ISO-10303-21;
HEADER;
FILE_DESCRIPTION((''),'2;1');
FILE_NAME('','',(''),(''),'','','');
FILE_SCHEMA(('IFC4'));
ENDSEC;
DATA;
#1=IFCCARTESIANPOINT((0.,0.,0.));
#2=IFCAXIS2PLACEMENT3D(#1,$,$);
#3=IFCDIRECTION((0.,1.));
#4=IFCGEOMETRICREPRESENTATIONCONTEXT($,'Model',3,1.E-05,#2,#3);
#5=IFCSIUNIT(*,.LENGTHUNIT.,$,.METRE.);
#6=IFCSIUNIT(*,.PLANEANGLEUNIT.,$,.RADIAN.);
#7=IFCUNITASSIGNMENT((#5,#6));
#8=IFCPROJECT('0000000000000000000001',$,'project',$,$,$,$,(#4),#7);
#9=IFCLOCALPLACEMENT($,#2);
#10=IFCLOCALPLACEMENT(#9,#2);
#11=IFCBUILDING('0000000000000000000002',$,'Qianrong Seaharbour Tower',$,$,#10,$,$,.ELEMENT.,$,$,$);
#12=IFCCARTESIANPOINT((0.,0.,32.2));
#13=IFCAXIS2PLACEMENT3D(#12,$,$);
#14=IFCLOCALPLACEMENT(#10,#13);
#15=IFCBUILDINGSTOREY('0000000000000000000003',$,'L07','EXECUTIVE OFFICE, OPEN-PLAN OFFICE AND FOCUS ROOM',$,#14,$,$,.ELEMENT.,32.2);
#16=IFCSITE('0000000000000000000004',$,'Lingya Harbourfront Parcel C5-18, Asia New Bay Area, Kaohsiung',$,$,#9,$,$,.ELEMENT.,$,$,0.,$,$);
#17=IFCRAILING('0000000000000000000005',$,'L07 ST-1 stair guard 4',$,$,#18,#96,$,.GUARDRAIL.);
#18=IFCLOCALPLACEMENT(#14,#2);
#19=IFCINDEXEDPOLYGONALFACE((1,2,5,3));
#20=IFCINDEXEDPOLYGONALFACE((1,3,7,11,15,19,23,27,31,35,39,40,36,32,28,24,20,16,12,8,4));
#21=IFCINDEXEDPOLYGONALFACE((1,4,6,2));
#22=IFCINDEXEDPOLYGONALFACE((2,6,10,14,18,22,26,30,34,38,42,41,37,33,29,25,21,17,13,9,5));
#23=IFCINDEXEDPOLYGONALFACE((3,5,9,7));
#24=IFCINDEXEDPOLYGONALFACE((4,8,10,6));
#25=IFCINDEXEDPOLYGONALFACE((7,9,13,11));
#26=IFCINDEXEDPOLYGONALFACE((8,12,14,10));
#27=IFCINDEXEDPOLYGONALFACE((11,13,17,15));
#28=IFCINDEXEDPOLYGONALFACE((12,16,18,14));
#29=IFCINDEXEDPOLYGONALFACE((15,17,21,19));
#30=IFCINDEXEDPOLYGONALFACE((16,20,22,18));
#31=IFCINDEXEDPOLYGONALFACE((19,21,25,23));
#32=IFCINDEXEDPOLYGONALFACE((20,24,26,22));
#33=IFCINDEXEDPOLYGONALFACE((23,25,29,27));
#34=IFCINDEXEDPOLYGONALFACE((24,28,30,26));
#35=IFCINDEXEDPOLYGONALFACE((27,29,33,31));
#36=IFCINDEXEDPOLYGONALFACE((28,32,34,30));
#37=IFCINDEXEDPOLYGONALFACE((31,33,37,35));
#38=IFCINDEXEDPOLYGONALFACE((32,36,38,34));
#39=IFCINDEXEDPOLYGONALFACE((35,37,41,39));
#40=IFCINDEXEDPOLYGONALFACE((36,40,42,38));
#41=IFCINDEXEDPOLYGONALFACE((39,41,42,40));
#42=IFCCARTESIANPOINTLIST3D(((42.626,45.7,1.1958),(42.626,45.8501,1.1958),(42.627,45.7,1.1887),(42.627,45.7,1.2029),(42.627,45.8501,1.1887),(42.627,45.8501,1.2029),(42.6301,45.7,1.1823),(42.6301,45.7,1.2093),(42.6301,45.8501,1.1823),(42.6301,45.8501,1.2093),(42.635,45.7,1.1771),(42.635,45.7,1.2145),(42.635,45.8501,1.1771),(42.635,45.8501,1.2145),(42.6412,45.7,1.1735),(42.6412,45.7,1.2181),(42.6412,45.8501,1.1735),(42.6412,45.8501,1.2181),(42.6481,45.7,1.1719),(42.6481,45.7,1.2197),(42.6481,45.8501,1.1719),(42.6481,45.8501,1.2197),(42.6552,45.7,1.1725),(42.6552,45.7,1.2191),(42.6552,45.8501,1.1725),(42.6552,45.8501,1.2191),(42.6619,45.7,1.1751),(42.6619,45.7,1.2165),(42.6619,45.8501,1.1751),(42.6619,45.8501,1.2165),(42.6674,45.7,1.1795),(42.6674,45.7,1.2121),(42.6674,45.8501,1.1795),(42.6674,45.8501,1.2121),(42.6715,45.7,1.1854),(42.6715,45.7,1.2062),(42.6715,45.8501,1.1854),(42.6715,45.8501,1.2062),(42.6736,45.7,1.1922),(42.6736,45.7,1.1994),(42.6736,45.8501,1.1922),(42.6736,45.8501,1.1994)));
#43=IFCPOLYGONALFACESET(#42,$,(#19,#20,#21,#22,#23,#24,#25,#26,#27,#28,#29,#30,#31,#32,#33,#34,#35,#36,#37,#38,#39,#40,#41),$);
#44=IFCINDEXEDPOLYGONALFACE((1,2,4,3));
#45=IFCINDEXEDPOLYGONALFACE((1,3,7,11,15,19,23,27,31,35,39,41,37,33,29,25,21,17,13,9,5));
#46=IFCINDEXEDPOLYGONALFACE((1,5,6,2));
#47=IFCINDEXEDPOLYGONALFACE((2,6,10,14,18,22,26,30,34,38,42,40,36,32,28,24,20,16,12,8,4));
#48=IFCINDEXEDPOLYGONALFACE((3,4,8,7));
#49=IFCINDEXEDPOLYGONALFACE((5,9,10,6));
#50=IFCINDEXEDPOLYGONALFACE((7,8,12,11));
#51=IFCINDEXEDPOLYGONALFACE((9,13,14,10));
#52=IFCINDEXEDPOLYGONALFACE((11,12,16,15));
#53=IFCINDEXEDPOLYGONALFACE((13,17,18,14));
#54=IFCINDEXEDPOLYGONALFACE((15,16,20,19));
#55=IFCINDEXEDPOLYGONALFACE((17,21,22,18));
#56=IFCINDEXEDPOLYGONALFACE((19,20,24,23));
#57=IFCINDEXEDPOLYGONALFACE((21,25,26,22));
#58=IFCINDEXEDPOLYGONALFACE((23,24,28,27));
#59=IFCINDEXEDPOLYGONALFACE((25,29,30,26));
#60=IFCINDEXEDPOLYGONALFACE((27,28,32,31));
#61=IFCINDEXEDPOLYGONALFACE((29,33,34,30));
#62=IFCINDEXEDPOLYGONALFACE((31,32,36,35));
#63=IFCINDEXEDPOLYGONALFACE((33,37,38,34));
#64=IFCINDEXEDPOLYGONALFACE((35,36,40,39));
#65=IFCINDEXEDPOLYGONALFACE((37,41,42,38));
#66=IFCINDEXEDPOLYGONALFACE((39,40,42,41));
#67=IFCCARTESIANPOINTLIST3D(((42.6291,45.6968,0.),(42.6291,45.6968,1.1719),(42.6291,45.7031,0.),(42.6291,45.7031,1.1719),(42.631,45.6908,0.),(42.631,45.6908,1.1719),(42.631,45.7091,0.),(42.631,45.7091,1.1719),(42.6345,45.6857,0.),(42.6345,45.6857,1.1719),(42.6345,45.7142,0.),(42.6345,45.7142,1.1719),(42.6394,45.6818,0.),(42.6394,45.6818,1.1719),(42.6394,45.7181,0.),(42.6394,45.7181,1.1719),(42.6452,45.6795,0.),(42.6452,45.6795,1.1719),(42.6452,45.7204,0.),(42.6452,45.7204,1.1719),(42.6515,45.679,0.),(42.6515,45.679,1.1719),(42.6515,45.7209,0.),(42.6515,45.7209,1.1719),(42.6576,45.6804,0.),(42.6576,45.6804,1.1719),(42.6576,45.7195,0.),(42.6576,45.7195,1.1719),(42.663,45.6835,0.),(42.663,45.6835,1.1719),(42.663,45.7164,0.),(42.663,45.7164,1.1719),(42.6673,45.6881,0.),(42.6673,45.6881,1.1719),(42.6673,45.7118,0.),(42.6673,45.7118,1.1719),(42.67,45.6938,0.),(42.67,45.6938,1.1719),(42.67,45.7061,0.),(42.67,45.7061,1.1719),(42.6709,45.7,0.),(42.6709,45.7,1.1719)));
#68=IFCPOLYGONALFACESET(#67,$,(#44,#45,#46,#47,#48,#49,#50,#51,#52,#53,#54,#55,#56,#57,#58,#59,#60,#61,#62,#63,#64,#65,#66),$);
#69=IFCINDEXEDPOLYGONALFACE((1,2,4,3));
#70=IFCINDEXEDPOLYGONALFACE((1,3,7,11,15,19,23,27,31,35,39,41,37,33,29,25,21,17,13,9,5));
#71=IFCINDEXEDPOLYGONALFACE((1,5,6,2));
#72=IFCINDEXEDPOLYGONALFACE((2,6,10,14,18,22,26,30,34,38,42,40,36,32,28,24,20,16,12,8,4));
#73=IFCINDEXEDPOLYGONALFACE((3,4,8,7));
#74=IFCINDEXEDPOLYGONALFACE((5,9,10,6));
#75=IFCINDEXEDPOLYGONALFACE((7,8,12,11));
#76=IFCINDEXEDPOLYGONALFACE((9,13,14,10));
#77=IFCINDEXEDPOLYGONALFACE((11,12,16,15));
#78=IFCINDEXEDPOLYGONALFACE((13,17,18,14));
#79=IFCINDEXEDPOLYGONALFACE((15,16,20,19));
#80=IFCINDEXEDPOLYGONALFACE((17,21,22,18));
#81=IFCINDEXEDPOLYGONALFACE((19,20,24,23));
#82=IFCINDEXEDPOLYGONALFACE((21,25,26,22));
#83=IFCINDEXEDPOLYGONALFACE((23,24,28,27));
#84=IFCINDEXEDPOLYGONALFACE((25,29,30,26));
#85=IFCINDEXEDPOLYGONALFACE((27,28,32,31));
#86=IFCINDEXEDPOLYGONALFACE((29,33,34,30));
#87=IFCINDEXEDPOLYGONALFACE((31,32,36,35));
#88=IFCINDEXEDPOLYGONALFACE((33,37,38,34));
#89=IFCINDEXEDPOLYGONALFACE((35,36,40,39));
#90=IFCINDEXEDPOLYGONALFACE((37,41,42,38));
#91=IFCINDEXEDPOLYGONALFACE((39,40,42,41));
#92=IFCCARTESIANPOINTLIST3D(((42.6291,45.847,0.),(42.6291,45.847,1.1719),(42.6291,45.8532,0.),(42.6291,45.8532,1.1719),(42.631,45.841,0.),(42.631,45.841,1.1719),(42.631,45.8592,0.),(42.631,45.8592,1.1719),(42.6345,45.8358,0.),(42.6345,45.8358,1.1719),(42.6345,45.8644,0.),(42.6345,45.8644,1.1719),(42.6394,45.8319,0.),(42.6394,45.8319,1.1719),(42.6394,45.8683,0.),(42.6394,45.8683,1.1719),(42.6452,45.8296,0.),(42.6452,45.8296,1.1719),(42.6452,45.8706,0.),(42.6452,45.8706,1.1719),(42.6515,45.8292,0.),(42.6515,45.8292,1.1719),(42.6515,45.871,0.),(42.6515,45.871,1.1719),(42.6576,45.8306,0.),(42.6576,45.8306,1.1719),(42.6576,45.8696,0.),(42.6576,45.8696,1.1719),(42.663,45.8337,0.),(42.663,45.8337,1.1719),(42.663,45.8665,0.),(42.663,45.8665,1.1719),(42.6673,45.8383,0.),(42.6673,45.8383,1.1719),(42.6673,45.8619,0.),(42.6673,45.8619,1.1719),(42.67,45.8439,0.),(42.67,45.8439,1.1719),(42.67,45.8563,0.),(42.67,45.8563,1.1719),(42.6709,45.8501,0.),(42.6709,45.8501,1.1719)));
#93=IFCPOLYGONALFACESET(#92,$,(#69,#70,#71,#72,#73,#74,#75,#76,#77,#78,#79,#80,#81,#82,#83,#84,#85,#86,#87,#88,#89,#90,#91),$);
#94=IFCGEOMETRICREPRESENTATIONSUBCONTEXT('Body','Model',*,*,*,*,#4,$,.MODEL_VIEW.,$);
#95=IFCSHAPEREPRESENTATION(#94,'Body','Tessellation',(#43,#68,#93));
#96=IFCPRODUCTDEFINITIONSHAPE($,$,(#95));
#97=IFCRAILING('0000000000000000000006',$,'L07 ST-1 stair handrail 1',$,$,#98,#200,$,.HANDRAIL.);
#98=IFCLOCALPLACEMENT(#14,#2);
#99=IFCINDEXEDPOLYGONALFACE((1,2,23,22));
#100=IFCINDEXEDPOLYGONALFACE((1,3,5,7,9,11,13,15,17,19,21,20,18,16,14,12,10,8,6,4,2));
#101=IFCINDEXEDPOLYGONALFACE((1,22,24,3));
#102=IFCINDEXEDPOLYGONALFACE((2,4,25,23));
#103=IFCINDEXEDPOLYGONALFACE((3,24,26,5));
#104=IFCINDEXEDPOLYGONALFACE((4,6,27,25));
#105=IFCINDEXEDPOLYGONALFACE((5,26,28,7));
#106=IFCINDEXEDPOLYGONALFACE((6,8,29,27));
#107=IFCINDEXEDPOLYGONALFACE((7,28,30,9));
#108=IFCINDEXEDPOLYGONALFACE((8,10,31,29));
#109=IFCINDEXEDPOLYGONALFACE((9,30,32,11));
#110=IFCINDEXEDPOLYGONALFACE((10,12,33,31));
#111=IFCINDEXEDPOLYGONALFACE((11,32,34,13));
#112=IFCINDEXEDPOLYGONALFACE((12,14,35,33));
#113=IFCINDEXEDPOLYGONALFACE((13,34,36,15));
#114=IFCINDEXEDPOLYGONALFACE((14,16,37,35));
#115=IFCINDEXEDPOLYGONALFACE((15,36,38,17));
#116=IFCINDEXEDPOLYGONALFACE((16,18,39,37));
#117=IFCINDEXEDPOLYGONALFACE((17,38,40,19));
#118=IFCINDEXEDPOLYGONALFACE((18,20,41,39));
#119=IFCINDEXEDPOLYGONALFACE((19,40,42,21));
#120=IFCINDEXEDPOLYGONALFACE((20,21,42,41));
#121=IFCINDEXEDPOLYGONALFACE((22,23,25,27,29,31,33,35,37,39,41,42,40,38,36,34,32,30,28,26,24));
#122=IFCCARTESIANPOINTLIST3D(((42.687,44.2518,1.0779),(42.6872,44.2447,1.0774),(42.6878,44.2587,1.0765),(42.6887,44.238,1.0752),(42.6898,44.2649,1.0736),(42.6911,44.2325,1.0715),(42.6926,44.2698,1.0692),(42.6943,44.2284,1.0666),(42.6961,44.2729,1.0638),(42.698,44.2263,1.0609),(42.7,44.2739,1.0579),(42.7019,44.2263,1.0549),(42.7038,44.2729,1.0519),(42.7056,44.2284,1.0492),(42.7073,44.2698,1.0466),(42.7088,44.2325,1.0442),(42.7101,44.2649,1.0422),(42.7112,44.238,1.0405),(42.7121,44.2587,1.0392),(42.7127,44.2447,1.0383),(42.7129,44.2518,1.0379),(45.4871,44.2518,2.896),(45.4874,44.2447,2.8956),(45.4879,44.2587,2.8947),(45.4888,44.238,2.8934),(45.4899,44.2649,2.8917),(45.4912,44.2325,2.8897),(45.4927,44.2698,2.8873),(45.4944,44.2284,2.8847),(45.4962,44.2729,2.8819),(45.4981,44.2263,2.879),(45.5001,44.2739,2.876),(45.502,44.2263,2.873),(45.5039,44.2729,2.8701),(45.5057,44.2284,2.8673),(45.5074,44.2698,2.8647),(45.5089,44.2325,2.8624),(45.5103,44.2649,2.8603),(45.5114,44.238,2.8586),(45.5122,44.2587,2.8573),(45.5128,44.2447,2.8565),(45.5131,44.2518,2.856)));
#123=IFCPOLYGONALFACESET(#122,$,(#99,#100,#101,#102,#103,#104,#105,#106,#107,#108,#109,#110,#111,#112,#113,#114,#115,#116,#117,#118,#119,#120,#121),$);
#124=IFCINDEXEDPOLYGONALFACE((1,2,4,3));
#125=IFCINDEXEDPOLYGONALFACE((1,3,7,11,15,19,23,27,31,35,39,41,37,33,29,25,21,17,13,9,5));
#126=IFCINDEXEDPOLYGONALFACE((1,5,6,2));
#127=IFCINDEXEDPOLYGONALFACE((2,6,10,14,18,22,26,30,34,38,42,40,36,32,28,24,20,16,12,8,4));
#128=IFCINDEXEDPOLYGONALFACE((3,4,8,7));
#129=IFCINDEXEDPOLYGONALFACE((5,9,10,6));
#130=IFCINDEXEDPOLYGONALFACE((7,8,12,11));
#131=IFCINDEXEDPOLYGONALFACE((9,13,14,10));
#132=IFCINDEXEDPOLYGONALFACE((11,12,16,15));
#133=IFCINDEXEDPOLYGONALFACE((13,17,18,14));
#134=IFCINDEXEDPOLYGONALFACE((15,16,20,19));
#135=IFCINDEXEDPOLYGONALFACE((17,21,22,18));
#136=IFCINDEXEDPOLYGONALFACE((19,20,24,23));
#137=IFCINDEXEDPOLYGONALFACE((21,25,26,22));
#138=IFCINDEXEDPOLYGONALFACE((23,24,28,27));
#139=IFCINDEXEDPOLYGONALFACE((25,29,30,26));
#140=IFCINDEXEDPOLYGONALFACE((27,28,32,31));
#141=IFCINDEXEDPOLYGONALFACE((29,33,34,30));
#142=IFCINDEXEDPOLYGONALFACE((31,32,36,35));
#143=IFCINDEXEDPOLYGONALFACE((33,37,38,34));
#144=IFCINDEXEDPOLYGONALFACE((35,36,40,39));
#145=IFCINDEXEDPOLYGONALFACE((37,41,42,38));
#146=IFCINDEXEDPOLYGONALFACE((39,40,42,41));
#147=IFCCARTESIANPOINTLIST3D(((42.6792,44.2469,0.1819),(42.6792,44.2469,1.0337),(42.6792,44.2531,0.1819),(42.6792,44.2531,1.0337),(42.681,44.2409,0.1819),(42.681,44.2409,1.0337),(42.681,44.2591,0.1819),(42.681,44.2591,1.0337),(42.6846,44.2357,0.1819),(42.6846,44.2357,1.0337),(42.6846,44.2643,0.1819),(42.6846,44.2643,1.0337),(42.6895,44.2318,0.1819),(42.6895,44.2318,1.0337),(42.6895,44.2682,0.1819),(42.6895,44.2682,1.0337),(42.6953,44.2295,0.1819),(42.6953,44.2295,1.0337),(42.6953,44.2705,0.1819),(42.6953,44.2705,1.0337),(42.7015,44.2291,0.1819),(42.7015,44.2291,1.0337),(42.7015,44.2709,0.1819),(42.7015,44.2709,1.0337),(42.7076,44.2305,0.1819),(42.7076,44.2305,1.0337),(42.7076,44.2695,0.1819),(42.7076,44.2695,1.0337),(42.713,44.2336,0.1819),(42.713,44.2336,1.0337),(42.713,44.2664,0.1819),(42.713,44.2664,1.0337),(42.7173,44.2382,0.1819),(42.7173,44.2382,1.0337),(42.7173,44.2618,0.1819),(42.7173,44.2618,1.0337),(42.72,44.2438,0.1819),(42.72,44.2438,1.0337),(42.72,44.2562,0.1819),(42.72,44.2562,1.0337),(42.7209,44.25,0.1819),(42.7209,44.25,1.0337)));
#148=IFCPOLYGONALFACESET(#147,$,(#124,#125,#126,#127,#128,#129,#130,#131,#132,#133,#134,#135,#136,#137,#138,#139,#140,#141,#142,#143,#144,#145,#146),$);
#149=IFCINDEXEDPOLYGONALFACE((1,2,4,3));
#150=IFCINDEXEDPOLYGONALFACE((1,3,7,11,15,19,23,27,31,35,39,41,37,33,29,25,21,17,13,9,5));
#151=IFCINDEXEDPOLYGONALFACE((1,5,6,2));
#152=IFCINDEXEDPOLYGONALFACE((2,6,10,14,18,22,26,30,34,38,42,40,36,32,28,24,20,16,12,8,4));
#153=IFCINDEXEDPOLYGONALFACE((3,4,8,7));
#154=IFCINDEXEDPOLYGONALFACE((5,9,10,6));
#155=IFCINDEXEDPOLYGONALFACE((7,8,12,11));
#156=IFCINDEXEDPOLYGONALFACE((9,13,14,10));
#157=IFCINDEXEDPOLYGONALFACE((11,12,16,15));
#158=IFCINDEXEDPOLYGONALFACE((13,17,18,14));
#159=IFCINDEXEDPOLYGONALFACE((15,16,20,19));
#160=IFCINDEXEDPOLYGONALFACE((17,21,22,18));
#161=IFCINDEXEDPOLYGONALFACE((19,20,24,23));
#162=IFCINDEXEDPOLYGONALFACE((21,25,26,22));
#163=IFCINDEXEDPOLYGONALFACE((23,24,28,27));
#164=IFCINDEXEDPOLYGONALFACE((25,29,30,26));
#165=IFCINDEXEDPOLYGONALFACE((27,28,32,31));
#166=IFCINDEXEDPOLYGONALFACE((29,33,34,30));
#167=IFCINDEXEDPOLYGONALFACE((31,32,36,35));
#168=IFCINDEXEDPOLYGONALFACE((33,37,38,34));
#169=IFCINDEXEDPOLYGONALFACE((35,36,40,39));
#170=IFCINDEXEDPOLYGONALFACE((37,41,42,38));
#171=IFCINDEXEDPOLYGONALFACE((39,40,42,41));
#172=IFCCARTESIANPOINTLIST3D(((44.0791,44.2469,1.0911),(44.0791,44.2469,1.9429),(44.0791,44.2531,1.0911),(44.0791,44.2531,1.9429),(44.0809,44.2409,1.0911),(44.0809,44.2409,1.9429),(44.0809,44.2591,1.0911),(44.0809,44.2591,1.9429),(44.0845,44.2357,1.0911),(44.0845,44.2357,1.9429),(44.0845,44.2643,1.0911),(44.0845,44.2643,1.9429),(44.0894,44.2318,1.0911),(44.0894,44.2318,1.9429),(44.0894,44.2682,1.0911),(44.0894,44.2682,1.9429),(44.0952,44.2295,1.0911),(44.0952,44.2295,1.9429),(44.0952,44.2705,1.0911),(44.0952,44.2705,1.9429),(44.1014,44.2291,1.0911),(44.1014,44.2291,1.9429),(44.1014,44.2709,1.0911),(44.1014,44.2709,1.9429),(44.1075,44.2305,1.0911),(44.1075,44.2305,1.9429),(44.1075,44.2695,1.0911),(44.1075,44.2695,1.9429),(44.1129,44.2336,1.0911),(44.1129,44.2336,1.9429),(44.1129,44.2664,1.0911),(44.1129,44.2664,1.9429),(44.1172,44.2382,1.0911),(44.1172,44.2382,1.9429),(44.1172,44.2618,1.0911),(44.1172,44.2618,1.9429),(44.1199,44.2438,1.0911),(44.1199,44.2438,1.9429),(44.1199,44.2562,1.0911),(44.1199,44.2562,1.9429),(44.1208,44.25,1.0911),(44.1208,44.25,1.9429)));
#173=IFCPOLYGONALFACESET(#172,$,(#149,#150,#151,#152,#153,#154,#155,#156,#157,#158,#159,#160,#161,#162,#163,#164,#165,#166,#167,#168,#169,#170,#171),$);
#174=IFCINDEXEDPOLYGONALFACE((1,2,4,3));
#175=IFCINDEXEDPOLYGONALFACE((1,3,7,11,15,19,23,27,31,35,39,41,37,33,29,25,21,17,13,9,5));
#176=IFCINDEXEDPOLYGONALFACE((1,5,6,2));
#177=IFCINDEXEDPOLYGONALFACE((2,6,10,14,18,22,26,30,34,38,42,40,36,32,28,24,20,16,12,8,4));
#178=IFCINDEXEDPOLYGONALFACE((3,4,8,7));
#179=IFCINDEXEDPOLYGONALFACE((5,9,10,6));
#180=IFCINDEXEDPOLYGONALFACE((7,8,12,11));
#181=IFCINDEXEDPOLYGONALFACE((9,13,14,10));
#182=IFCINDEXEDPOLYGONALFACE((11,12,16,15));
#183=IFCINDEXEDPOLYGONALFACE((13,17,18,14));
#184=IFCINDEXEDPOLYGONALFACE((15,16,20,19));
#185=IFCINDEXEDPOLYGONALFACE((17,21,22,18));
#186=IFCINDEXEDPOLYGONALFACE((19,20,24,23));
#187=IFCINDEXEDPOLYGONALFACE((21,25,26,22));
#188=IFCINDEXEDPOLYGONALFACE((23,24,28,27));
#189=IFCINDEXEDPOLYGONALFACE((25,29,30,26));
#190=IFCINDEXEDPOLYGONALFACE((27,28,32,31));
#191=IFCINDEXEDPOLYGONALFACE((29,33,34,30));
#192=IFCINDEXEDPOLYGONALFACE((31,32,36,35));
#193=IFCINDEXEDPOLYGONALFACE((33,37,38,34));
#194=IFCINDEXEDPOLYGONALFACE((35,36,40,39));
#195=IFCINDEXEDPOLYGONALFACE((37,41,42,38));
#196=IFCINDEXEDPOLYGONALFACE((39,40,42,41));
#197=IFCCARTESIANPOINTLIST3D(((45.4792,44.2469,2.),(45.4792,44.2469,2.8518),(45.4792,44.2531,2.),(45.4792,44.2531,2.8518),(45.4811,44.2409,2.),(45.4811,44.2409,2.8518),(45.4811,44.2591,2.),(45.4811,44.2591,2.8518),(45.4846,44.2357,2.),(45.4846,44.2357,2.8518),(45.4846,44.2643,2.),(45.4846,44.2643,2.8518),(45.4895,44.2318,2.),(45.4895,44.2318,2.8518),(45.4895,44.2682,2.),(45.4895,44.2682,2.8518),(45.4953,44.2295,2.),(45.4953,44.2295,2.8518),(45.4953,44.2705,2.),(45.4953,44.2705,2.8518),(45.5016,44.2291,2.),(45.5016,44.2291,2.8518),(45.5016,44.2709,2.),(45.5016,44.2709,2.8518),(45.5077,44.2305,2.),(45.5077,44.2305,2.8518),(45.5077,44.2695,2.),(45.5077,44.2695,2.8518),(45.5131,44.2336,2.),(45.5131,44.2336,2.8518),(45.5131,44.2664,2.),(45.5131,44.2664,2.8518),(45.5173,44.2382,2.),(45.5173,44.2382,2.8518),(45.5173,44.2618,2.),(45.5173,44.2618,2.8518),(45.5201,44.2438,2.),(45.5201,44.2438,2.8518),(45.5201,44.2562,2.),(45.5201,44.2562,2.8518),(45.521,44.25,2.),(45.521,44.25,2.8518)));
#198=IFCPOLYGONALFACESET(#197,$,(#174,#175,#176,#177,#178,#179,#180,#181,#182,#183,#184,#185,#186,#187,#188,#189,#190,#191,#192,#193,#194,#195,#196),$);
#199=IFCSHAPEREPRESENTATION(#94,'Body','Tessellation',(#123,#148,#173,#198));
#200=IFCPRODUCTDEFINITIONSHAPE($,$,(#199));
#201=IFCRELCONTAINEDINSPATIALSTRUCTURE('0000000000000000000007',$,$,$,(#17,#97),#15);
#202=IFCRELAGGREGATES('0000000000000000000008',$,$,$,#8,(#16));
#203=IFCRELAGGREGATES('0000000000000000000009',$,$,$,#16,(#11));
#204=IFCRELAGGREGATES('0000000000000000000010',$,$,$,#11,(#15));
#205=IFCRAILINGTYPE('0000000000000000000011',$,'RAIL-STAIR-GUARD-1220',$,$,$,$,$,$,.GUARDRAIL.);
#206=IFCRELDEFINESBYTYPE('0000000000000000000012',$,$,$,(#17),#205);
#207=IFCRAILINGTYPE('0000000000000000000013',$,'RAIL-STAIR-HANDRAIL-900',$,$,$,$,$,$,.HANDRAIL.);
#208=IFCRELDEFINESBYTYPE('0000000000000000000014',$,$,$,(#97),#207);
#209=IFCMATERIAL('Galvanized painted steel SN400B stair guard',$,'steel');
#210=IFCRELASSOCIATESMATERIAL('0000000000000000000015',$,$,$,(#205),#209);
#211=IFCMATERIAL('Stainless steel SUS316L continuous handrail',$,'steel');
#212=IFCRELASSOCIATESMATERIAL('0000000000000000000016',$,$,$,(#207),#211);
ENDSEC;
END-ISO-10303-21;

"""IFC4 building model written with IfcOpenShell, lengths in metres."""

from ifc_helpers import new_model, si_unit, direction, frame, origin, origin_2d, place, context, subcontext, project, spatial, circle, extrude, material, type_object, element, save


model = new_model("IFC4")

# Units and contexts
model_context = context("Model", 3, precision=1e-05, world=origin(), true_north=direction((0.0, 1.0)))
body_context = subcontext(model_context, "Body", "Model", "MODEL_VIEW")
ifc_project = project(units=[si_unit("LENGTHUNIT", "METRE"), si_unit("PLANEANGLEUNIT", "RADIAN")], contexts=[model_context])

# Site, building, storey
site_placement = place(None, origin())
site = spatial("IfcSite", under=ifc_project, at=site_placement, Name="Lingya Harbourfront Parcel C5-18, Asia New Bay Area, Kaohsiung", CompositionType="ELEMENT", RefElevation=0.0)
building_placement = place(site_placement, origin())
building = spatial("IfcBuilding", under=site, at=building_placement, Name="Qianrong Seaharbour Tower", CompositionType="ELEMENT")
storey_placement = place(building_placement, frame((0.0, 0.0, 32.2)))
storey = spatial("IfcBuildingStorey", under=building, at=storey_placement, Name="L07", Description="EXECUTIVE OFFICE, OPEN-PLAN OFFICE AND FOCUS ROOM", CompositionType="ELEMENT", Elevation=32.2)

# Railings
ifc_material_1 = material(Name="Galvanized painted steel SN400B stair guard", Category="steel")
railing_type_1 = type_object("IfcRailingType", Name="RAIL-STAIR-GUARD-1220", PredefinedType="GUARDRAIL", material=ifc_material_1)
railing_1_placement = place(storey_placement, frame((42.6499, 45.7, 0.0)))
element("IfcRailing", 1, at=railing_1_placement, inside=storey, type_object=railing_type_1, Name="L07 ST-1 stair guard 4", PredefinedType="GUARDRAIL", context=body_context, shape_type="SweptSolid", body=[
    extrude(circle(Radius=0.0239, at=origin_2d()), frame((0.0, 0.0, 1.1958), z_axis=(0.0, 1.0, 0.0), x_axis=(-1.0, 0.0, 0.0)), (0.0, 0.0, 1.0), 0.1501),
    extrude(circle(Radius=0.021, at=origin_2d()), origin(), (0.0, 0.0, 1.0), 1.1719),
    extrude(circle(Radius=0.021, at=origin_2d()), frame((0.0, 0.1501, 0.0)), (0.0, 0.0, 1.0), 1.1719),
])
ifc_material_2 = material(Name="Stainless steel SUS316L continuous handrail", Category="steel")
railing_type_2 = type_object("IfcRailingType", Name="RAIL-STAIR-HANDRAIL-900", PredefinedType="HANDRAIL", material=ifc_material_2)
railing_2_placement = place(storey_placement, frame((42.7, 44.25, 0.1819)))
element("IfcRailing", 2, at=railing_2_placement, inside=storey, type_object=railing_type_2, Name="L07 ST-1 stair handrail 1", PredefinedType="HANDRAIL", context=body_context, shape_type="SweptSolid", body=[
    extrude(circle(Radius=0.0239, at=origin_2d()), frame((0.0, 0.0, 0.876), z_axis=(0.838706, 0.0, 0.544585), x_axis=(0.0, 1.0, 0.0)), (0.0, 0.0, 1.0), 3.3386),
    extrude(circle(Radius=0.021, at=origin_2d()), origin(), (0.0, 0.0, 1.0), 0.8518),
    extrude(circle(Radius=0.021, at=origin_2d()), frame((1.3999, 0.0, 0.9092)), (0.0, 0.0, 1.0), 0.8518),
    extrude(circle(Radius=0.021, at=origin_2d()), frame((2.8, 0.0, 1.8181)), (0.0, 0.0, 1.0), 0.8518),
])

save(model, "model.ifc")
